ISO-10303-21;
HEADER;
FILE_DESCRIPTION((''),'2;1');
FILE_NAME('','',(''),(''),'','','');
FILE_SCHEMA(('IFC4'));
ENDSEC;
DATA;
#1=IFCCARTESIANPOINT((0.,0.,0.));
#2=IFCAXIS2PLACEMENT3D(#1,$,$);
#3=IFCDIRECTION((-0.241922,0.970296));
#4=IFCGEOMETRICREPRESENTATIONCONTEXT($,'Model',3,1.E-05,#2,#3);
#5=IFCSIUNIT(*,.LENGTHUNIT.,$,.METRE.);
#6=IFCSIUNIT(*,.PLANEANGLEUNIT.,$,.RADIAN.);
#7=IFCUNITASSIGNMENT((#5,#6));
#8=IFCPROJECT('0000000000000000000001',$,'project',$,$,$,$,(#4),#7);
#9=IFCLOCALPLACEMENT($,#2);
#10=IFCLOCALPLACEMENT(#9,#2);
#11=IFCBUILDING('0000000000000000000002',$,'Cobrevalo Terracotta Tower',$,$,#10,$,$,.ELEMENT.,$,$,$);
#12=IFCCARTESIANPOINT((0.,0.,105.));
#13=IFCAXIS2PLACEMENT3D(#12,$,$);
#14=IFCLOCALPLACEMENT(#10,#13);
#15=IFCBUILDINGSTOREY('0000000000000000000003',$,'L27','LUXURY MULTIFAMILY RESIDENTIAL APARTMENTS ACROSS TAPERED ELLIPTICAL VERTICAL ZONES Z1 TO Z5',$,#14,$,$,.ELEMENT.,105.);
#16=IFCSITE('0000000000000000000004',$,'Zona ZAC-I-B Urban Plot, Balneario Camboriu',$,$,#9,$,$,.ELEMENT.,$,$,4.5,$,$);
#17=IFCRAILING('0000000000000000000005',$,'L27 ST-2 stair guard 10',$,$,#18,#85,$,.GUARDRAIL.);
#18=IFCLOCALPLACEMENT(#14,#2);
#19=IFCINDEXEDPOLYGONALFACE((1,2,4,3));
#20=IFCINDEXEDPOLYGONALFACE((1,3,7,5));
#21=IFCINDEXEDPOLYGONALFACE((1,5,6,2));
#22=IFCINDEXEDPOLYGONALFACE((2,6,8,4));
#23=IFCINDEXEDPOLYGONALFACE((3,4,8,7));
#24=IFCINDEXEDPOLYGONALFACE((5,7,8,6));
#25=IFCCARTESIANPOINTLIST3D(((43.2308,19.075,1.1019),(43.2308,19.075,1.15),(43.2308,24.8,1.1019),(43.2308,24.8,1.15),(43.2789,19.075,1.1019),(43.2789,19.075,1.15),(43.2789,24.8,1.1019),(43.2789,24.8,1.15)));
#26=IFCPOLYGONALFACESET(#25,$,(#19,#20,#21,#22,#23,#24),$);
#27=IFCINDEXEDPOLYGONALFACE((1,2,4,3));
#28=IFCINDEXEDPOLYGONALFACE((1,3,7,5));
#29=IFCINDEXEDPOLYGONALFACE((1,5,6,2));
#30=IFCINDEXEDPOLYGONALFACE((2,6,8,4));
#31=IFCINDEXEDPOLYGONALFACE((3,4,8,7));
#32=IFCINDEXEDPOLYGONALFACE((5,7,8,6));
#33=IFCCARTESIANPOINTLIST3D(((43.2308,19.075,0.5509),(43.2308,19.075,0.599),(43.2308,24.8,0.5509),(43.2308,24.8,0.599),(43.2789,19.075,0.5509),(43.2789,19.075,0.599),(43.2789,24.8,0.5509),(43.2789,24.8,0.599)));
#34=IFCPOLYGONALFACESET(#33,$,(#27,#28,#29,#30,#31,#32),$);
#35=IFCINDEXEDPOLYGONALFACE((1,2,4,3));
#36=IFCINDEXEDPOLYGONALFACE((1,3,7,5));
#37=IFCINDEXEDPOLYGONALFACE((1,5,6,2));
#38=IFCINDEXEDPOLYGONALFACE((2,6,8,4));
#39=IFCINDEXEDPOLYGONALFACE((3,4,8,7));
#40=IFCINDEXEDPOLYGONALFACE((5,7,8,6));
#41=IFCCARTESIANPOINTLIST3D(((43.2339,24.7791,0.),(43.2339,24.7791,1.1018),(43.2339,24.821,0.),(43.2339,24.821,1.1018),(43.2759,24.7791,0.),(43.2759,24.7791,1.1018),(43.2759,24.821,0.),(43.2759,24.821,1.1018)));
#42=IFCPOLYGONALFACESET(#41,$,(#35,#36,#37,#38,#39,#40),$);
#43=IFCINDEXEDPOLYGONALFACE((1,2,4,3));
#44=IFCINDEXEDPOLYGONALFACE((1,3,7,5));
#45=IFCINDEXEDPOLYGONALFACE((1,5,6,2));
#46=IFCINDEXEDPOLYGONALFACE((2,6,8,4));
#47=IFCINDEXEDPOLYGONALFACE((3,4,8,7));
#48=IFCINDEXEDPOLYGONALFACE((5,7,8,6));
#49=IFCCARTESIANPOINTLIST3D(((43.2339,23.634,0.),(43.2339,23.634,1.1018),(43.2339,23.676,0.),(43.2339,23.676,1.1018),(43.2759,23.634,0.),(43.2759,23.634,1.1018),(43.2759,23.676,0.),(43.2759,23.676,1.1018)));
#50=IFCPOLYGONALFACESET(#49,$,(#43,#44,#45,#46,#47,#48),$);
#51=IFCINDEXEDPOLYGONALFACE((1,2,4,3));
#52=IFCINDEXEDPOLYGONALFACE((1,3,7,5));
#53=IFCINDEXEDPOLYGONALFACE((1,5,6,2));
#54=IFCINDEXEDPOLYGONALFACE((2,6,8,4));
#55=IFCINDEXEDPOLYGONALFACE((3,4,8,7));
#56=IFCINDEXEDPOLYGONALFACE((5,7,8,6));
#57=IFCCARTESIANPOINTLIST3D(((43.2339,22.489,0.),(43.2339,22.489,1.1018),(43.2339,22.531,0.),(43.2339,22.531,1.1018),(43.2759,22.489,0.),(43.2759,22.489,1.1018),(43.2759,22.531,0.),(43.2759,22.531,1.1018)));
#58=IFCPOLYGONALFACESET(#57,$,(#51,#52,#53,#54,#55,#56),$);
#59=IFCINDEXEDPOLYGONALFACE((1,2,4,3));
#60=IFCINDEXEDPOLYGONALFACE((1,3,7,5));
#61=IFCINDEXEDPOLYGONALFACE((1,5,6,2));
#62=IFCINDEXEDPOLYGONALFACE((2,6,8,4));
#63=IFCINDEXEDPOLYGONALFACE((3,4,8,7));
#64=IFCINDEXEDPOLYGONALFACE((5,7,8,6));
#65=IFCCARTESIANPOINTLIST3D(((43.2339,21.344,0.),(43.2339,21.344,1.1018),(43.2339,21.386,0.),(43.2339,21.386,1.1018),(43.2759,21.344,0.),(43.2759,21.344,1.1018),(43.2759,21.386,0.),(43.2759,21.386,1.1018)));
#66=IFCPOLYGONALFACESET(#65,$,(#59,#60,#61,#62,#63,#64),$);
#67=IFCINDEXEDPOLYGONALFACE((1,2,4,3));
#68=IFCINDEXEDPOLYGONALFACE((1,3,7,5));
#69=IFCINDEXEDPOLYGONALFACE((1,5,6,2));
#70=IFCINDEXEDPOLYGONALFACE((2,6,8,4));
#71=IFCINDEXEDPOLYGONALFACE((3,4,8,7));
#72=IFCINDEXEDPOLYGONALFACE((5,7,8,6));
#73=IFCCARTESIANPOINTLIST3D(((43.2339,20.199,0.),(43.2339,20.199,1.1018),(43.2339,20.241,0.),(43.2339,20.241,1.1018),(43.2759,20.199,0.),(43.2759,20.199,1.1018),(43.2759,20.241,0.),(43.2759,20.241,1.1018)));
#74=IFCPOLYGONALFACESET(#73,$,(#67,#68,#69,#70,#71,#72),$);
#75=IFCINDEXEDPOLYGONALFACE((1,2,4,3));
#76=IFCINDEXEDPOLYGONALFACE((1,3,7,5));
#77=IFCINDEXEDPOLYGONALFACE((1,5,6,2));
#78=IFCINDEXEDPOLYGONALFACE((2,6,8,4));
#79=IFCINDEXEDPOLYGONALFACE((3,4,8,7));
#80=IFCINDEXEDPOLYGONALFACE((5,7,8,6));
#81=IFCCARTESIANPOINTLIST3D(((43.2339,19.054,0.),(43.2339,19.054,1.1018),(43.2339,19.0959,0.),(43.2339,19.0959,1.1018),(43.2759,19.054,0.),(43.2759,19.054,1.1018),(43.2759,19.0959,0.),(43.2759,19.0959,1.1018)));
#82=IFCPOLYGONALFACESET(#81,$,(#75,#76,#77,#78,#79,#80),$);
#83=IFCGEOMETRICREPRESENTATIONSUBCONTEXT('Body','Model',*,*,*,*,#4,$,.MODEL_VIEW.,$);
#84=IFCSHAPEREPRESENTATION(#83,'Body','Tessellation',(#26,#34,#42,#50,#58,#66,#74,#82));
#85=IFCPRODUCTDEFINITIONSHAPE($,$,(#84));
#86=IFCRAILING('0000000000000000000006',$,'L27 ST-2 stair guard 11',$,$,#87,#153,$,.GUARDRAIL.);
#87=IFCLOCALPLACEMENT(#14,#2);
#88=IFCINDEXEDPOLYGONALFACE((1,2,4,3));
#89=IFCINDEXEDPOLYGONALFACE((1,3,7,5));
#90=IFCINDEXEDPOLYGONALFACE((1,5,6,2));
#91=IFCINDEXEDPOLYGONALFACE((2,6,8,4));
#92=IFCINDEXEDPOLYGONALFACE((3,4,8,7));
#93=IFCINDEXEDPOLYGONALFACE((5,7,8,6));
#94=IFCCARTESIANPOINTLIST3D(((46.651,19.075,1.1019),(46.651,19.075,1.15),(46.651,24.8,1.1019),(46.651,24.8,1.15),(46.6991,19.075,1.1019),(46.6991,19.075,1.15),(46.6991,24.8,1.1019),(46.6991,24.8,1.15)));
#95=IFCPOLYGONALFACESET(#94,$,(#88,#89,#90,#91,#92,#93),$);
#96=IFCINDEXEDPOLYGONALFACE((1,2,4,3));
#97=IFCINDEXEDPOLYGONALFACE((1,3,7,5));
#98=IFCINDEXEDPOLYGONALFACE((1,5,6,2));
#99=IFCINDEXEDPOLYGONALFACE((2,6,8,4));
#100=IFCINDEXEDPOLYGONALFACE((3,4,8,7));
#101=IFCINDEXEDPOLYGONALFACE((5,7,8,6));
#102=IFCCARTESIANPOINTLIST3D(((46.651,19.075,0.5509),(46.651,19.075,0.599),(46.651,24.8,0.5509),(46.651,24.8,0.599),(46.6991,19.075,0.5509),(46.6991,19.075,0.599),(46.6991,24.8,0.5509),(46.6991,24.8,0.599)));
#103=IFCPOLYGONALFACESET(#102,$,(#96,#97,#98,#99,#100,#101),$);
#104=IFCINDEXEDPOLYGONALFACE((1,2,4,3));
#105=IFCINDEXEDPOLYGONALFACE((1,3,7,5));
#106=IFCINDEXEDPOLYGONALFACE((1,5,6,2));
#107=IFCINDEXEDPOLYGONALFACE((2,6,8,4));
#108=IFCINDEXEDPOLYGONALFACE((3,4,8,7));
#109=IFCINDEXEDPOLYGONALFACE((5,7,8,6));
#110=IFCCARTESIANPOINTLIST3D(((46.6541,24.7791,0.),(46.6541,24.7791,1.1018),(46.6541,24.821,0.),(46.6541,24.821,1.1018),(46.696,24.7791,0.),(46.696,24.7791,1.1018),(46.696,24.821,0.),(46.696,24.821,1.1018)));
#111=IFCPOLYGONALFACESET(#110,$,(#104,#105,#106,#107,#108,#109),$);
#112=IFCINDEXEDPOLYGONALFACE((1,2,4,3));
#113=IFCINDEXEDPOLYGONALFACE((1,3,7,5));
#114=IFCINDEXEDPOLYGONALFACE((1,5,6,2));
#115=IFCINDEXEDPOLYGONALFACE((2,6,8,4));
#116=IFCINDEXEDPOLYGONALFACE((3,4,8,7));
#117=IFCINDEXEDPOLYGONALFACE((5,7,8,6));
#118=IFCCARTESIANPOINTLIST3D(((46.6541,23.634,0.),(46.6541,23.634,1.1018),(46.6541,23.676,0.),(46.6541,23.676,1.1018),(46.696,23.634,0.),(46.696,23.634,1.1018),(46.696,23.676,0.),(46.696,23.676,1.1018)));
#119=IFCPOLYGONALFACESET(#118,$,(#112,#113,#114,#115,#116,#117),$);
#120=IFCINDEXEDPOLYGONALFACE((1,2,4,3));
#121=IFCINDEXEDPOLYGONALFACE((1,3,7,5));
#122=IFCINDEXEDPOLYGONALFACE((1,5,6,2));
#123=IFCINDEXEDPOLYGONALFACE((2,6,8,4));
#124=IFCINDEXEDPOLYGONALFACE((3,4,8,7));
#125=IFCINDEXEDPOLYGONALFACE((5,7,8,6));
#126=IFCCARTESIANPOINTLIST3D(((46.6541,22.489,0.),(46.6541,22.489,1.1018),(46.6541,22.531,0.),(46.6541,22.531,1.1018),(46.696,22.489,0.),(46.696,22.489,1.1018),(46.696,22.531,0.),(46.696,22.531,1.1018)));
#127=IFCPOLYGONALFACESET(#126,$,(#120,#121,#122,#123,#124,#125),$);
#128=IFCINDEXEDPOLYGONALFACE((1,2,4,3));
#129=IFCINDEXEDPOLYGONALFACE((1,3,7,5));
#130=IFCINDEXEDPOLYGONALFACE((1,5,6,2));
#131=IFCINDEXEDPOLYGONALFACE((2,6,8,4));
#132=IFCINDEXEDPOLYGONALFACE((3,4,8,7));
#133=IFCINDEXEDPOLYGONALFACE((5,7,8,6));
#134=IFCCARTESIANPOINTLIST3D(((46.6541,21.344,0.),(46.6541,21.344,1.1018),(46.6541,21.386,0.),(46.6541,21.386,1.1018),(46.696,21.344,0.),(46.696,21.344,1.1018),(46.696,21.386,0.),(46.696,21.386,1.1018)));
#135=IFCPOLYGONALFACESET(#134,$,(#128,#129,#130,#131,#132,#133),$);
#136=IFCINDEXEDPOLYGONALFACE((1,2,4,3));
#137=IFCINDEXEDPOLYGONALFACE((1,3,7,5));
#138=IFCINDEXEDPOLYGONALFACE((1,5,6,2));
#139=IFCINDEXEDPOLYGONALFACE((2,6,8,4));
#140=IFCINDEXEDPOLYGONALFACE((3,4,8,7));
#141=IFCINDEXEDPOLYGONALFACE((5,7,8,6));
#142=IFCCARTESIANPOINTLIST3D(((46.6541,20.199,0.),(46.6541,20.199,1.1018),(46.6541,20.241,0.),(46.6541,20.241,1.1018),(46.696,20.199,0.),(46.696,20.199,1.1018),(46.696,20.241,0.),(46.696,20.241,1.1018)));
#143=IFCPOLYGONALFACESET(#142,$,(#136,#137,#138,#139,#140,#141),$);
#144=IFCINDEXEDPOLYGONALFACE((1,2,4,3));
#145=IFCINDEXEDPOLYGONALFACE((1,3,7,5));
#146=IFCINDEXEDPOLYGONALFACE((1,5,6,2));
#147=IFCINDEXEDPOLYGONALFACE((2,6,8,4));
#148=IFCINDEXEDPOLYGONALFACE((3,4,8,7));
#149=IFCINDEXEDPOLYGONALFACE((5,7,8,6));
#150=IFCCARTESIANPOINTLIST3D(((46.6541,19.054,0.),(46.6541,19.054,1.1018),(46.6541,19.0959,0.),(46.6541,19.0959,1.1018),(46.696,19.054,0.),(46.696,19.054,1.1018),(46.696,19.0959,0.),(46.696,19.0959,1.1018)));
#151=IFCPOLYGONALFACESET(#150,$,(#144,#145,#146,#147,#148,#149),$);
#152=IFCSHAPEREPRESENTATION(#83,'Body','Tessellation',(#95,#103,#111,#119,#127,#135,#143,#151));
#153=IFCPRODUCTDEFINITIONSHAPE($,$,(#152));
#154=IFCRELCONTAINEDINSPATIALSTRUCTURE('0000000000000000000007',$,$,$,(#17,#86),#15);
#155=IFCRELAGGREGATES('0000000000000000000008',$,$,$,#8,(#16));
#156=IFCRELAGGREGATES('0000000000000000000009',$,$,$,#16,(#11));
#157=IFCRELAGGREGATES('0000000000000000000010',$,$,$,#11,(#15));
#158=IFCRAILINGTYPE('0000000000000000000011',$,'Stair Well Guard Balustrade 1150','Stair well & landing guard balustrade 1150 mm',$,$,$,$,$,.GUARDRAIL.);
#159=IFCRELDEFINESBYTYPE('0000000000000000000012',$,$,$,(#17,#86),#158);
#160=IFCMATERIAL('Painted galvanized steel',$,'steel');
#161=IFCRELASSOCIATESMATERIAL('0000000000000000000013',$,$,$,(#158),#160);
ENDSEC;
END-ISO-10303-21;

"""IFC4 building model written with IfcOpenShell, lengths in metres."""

from ifc_helpers import new_model, si_unit, direction, frame, origin, origin_2d, place, context, subcontext, project, spatial, rectangle, extrude, material, type_object, element, save


model = new_model("IFC4")

# Units and contexts
model_context = context("Model", 3, precision=1e-05, world=origin(), true_north=direction((-0.241922, 0.970296)))
body_context = subcontext(model_context, "Body", "Model", "MODEL_VIEW")
ifc_project = project(units=[si_unit("LENGTHUNIT", "METRE"), si_unit("PLANEANGLEUNIT", "RADIAN")], contexts=[model_context])

# Site, building, storey
site_placement = place(None, origin())
site = spatial("IfcSite", under=ifc_project, at=site_placement, Name="Zona ZAC-I-B Urban Plot, Balneario Camboriu", CompositionType="ELEMENT", RefElevation=4.5)
building_placement = place(site_placement, origin())
building = spatial("IfcBuilding", under=site, at=building_placement, Name="Cobrevalo Terracotta Tower", CompositionType="ELEMENT")
storey_placement = place(building_placement, frame((0.0, 0.0, 105.0)))
storey = spatial("IfcBuildingStorey", under=building, at=storey_placement, Name="L27", Description="LUXURY MULTIFAMILY RESIDENTIAL APARTMENTS ACROSS TAPERED ELLIPTICAL VERTICAL ZONES Z1 TO Z5", CompositionType="ELEMENT", Elevation=105.0)

# Railings
ifc_material_1 = material(Name="Painted galvanized steel", Category="steel")
railing_type_1 = type_object("IfcRailingType", Name="Stair Well Guard Balustrade 1150", Description="Stair well & landing guard balustrade 1150 mm", PredefinedType="GUARDRAIL", material=ifc_material_1)
for number, where, name in (
    (1, (43.2549, 24.8, 0.0), "L27 ST-2 stair guard 10"),
    (2, (46.675, 24.8, 0.0), "L27 ST-2 stair guard 11"),
):
    element("IfcRailing", number, at=place(storey_placement, frame(where)), inside=storey, type_object=railing_type_1, Name=name, PredefinedType="GUARDRAIL", context=body_context, shape_type="SweptSolid", body=[
        extrude(rectangle(XDim=0.0481, YDim=0.0481, at=origin_2d()), frame((0.0, 0.0, 1.126), z_axis=(0.0, -1.0, 0.0), x_axis=(1.0, 0.0, 0.0)), (0.0, 0.0, 1.0), 5.7251),
        extrude(rectangle(XDim=0.0481, YDim=0.0481, at=origin_2d()), frame((0.0, 0.0, 0.575), z_axis=(0.0, -1.0, 0.0), x_axis=(1.0, 0.0, 0.0)), (0.0, 0.0, 1.0), 5.7251),
        extrude(rectangle(XDim=0.042, YDim=0.042, at=origin_2d()), origin(), (0.0, 0.0, 1.0), 1.1018),
        extrude(rectangle(XDim=0.042, YDim=0.042, at=origin_2d()), frame((0.0, -1.145, 0.0)), (0.0, 0.0, 1.0), 1.1018),
        extrude(rectangle(XDim=0.042, YDim=0.042, at=origin_2d()), frame((0.0, -2.29, 0.0)), (0.0, 0.0, 1.0), 1.1018),
        extrude(rectangle(XDim=0.042, YDim=0.042, at=origin_2d()), frame((0.0, -3.4351, 0.0)), (0.0, 0.0, 1.0), 1.1018),
        extrude(rectangle(XDim=0.042, YDim=0.042, at=origin_2d()), frame((0.0, -4.5801, 0.0)), (0.0, 0.0, 1.0), 1.1018),
        extrude(rectangle(XDim=0.042, YDim=0.042, at=origin_2d()), frame((0.0, -5.7251, 0.0)), (0.0, 0.0, 1.0), 1.1018),
    ])

save(model, "model.ifc")
